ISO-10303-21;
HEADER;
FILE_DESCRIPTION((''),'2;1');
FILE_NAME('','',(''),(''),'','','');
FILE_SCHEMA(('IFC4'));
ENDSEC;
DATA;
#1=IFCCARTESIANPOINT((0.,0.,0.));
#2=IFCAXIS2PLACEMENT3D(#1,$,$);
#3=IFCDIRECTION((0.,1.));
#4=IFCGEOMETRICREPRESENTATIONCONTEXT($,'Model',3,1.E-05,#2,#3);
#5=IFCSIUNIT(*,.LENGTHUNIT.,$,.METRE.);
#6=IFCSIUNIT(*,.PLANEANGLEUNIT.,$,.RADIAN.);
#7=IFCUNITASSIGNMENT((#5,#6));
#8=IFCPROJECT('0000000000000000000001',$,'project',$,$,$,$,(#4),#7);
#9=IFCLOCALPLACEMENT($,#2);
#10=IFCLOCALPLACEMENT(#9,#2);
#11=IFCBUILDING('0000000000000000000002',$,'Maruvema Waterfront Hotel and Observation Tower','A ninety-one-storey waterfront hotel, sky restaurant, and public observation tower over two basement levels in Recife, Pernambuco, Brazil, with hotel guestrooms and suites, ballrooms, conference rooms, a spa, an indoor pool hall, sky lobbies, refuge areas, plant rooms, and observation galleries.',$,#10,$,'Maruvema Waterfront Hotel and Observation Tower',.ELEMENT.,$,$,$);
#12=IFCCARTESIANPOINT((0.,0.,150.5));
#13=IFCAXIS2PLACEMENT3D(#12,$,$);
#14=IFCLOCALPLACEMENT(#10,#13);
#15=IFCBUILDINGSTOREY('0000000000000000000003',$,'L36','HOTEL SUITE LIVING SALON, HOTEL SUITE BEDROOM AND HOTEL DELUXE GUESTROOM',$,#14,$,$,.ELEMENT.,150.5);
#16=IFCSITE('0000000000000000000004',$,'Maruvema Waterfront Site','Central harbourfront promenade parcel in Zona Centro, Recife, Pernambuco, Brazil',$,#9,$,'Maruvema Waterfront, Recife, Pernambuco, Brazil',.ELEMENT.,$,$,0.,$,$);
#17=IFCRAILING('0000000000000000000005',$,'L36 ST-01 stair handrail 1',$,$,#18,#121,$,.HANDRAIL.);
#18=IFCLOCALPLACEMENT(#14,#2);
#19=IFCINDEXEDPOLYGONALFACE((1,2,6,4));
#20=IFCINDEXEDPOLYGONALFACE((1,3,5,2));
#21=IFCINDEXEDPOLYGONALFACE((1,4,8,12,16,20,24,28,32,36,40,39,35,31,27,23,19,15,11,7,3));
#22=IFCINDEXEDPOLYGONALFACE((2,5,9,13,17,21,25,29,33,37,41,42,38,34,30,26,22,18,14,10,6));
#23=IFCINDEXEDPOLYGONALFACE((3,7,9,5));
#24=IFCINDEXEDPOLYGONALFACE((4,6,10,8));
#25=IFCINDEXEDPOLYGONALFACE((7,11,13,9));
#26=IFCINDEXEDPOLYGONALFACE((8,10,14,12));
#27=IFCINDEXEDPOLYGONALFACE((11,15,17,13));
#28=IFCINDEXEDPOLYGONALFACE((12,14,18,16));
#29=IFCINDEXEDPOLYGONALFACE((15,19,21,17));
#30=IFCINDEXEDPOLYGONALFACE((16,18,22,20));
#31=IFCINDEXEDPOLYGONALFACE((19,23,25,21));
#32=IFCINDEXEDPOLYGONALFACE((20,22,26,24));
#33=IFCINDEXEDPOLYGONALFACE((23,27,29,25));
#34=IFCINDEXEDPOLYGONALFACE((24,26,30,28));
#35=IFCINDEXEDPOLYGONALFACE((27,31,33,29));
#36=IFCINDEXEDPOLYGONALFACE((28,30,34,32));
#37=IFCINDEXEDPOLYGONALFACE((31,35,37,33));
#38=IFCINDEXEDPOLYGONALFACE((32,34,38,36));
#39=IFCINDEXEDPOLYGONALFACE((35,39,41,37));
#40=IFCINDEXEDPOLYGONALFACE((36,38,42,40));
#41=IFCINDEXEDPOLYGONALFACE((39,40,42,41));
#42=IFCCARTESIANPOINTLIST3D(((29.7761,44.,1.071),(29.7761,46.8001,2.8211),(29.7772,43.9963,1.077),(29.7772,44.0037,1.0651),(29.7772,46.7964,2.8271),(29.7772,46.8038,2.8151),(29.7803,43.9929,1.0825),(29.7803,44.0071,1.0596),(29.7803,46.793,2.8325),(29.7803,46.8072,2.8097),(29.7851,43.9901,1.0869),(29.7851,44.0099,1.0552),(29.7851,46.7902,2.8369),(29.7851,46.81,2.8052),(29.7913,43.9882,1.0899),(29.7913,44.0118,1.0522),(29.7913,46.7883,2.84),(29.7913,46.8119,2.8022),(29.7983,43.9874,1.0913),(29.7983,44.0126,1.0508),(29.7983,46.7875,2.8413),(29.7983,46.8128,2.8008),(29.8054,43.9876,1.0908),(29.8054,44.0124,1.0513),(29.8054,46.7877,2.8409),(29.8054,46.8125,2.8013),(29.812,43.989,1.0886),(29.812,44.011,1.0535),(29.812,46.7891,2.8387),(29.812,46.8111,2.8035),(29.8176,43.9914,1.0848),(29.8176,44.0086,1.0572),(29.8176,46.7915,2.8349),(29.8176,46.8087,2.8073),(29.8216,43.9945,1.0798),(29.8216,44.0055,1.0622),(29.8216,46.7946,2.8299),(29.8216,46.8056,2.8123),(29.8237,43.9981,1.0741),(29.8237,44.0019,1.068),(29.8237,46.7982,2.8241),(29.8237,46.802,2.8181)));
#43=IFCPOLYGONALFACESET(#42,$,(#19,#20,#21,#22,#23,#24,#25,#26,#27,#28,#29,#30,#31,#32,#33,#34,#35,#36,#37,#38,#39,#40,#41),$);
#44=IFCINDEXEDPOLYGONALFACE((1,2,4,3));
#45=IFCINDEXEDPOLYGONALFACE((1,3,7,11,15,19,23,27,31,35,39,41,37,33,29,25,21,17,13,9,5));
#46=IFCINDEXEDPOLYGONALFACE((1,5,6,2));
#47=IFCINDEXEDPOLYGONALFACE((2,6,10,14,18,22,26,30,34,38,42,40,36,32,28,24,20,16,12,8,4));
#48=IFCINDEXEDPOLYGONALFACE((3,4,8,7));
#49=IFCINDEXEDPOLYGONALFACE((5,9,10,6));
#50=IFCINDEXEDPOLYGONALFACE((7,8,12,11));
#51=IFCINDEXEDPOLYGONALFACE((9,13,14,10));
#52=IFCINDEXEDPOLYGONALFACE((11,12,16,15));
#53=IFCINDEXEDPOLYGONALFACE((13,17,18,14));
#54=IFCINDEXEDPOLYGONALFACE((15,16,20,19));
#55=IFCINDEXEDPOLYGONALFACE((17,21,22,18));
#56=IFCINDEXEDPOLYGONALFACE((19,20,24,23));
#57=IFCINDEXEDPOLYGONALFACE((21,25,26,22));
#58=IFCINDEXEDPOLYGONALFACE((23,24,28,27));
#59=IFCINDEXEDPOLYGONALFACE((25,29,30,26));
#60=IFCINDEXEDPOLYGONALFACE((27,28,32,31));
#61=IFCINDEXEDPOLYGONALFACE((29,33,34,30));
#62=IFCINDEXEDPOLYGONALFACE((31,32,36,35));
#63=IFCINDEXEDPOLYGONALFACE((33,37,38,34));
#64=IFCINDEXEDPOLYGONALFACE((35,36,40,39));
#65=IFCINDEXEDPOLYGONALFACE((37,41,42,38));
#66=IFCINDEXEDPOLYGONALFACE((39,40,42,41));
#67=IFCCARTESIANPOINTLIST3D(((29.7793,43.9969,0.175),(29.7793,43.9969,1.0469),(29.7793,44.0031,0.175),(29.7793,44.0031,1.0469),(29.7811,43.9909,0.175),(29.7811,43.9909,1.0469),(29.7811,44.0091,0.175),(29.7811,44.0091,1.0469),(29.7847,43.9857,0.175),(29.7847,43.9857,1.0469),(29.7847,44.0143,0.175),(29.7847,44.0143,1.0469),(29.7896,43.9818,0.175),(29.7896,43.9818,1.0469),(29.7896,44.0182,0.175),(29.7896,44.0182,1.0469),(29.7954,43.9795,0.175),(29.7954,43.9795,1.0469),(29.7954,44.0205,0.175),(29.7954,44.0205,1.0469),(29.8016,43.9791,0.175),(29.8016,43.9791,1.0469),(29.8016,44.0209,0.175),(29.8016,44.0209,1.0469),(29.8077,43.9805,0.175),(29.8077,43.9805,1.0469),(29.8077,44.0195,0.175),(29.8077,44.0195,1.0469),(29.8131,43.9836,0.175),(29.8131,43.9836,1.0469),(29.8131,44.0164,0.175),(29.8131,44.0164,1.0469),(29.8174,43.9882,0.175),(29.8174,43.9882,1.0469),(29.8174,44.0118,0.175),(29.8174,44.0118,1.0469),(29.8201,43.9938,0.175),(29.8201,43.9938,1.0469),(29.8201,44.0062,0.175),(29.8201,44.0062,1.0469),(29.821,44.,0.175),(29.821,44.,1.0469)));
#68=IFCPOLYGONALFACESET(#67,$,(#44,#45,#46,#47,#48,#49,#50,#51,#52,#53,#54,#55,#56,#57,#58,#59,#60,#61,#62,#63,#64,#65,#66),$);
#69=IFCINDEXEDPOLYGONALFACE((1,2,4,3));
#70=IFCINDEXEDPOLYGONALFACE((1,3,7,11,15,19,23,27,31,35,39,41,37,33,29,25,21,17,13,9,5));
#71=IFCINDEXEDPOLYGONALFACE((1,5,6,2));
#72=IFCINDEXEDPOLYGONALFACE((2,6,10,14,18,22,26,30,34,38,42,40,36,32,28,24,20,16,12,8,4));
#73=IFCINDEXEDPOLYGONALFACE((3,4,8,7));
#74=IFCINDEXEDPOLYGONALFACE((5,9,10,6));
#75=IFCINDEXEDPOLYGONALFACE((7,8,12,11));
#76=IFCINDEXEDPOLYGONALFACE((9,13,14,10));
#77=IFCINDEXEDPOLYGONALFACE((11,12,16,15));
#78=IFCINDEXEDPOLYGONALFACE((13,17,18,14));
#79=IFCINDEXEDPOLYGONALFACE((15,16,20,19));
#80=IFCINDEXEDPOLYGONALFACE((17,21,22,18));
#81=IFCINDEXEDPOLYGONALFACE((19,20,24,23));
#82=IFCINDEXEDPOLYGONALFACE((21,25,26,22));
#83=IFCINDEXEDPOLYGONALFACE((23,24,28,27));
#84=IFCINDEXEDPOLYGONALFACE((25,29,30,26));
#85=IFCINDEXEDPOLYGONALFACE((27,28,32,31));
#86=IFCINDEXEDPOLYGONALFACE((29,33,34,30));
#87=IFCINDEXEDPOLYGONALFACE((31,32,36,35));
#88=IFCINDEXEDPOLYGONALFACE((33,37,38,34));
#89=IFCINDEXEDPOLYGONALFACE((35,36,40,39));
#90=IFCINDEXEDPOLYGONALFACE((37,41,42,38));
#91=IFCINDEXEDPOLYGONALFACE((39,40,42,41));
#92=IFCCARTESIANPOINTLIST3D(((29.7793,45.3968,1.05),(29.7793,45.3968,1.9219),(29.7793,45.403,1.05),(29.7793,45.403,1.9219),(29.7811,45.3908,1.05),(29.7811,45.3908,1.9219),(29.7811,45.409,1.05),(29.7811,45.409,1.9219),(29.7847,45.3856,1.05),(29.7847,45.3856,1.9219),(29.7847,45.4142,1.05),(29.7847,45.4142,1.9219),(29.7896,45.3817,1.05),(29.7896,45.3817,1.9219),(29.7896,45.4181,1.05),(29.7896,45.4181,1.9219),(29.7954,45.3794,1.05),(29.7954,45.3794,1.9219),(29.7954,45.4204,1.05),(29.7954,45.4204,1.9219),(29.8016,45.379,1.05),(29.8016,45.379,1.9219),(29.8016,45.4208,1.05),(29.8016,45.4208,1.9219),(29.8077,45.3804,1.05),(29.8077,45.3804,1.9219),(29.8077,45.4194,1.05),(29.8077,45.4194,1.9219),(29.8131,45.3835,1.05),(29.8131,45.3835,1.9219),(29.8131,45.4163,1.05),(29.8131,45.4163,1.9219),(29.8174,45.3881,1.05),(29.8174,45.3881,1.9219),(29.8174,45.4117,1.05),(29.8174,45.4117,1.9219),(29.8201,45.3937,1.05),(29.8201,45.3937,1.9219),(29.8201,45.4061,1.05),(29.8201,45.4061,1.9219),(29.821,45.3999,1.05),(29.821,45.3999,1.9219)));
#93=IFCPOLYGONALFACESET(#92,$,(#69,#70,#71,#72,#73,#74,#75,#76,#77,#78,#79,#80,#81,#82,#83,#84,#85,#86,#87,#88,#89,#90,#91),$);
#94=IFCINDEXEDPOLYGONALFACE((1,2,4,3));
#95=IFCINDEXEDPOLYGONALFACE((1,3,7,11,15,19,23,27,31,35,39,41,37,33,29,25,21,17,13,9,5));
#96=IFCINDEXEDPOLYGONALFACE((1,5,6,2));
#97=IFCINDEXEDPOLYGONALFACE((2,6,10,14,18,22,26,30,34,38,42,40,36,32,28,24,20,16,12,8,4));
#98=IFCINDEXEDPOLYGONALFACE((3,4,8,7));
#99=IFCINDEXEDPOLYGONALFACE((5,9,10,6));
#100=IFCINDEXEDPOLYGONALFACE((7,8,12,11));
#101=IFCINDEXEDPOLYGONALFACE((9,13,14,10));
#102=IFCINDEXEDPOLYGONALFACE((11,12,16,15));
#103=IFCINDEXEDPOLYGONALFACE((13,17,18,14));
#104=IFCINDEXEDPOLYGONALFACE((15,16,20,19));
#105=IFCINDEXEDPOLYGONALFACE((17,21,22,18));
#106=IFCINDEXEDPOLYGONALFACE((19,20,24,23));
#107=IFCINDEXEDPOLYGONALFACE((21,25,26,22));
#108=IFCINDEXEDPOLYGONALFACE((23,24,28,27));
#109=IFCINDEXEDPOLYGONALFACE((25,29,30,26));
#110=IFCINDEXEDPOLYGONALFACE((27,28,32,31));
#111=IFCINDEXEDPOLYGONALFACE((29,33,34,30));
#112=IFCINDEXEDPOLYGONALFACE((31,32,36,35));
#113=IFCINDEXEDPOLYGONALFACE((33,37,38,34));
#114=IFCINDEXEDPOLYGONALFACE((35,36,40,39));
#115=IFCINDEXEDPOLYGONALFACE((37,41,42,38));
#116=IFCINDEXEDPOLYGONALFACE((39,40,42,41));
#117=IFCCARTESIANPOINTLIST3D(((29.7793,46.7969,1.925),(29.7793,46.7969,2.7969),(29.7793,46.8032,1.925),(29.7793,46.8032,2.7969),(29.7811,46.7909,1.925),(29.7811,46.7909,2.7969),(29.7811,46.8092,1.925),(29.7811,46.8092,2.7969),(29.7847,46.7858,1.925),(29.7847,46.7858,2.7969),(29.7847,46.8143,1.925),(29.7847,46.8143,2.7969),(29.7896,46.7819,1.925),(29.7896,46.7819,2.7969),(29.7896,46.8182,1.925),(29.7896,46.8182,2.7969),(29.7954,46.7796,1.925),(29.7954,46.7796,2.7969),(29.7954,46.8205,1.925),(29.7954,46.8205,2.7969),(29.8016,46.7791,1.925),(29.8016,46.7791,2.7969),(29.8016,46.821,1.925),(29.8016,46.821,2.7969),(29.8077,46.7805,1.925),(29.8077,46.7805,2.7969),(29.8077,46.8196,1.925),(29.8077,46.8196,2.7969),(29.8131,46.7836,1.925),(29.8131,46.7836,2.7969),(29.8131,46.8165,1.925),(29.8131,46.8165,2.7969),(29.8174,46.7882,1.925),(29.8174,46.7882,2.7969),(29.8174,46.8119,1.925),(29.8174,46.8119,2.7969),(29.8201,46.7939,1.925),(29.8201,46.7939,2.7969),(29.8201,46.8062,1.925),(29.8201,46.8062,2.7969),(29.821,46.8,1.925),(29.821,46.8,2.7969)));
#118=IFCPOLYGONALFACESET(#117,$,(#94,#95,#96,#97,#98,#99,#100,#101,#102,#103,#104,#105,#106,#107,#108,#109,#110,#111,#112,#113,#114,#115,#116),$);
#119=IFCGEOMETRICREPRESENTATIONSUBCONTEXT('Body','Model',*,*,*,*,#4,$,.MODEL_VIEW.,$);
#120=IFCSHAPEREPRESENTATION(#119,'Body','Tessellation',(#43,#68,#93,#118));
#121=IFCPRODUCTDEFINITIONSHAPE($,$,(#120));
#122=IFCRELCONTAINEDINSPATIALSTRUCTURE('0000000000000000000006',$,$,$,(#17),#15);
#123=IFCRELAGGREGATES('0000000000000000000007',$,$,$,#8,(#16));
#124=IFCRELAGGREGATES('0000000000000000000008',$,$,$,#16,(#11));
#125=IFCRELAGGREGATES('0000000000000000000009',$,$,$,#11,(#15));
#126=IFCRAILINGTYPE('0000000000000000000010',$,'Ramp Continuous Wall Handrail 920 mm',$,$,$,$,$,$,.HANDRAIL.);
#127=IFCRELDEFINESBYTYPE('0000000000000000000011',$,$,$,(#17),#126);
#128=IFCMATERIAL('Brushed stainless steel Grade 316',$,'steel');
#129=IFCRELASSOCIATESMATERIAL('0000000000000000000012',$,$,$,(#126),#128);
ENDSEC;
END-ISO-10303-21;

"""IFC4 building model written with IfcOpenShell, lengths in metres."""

from ifc_helpers import new_model, si_unit, direction, frame, origin, origin_2d, place, context, subcontext, project, spatial, circle, extrude, material, type_object, element, save


model = new_model("IFC4")

# Units and contexts
model_context = context("Model", 3, precision=1e-05, world=origin(), true_north=direction((0.0, 1.0)))
body_context = subcontext(model_context, "Body", "Model", "MODEL_VIEW")
ifc_project = project(units=[si_unit("LENGTHUNIT", "METRE"), si_unit("PLANEANGLEUNIT", "RADIAN")], contexts=[model_context])

# Site, building, storey
site_placement = place(None, origin())
site = spatial("IfcSite", under=ifc_project, at=site_placement, Name="Maruvema Waterfront Site", Description="Central harbourfront promenade parcel in Zona Centro, Recife, Pernambuco, Brazil", LongName="Maruvema Waterfront, Recife, Pernambuco, Brazil", CompositionType="ELEMENT", RefElevation=0.0)
building_placement = place(site_placement, origin())
building = spatial("IfcBuilding", under=site, at=building_placement, Name="Maruvema Waterfront Hotel and Observation Tower", Description="A ninety-one-storey waterfront hotel, sky restaurant, and public observation tower over two basement levels in Recife, Pernambuco, Brazil, with hotel guestrooms and suites, ballrooms, conference rooms, a spa, an indoor pool hall, sky lobbies, refuge areas, plant rooms, and observation galleries.", LongName="Maruvema Waterfront Hotel and Observation Tower", CompositionType="ELEMENT")
storey_placement = place(building_placement, frame((0.0, 0.0, 150.5)))
storey = spatial("IfcBuildingStorey", under=building, at=storey_placement, Name="L36", Description="HOTEL SUITE LIVING SALON, HOTEL SUITE BEDROOM AND HOTEL DELUXE GUESTROOM", CompositionType="ELEMENT", Elevation=150.5)

# Railing
ifc_material_1 = material(Name="Brushed stainless steel Grade 316", Category="steel")
railing_type_1 = type_object("IfcRailingType", Name="Ramp Continuous Wall Handrail 920 mm", PredefinedType="HANDRAIL", material=ifc_material_1)
railing_1_placement = place(storey_placement, frame((29.8, 44.0, 0.175)))
element("IfcRailing", 1, at=railing_1_placement, inside=storey, type_object=railing_type_1, Name="L36 ST-01 stair handrail 1", PredefinedType="HANDRAIL", context=body_context, shape_type="SweptSolid", body=[
    extrude(circle(Radius=0.0239, at=origin_2d()), frame((0.0, 0.0, 0.896), z_axis=(0.0, 0.848002, 0.529992), x_axis=(-1.0, 0.0, 0.0)), (0.0, 0.0, 1.0), 3.302),
    extrude(circle(Radius=0.021, at=origin_2d()), origin(), (0.0, 0.0, 1.0), 0.8718),
    extrude(circle(Radius=0.021, at=origin_2d()), frame((0.0, 1.3999, 0.875)), (0.0, 0.0, 1.0), 0.8718),
    extrude(circle(Radius=0.021, at=origin_2d()), frame((0.0, 2.8, 1.75)), (0.0, 0.0, 1.0), 0.8718),
])

save(model, "model.ifc")
